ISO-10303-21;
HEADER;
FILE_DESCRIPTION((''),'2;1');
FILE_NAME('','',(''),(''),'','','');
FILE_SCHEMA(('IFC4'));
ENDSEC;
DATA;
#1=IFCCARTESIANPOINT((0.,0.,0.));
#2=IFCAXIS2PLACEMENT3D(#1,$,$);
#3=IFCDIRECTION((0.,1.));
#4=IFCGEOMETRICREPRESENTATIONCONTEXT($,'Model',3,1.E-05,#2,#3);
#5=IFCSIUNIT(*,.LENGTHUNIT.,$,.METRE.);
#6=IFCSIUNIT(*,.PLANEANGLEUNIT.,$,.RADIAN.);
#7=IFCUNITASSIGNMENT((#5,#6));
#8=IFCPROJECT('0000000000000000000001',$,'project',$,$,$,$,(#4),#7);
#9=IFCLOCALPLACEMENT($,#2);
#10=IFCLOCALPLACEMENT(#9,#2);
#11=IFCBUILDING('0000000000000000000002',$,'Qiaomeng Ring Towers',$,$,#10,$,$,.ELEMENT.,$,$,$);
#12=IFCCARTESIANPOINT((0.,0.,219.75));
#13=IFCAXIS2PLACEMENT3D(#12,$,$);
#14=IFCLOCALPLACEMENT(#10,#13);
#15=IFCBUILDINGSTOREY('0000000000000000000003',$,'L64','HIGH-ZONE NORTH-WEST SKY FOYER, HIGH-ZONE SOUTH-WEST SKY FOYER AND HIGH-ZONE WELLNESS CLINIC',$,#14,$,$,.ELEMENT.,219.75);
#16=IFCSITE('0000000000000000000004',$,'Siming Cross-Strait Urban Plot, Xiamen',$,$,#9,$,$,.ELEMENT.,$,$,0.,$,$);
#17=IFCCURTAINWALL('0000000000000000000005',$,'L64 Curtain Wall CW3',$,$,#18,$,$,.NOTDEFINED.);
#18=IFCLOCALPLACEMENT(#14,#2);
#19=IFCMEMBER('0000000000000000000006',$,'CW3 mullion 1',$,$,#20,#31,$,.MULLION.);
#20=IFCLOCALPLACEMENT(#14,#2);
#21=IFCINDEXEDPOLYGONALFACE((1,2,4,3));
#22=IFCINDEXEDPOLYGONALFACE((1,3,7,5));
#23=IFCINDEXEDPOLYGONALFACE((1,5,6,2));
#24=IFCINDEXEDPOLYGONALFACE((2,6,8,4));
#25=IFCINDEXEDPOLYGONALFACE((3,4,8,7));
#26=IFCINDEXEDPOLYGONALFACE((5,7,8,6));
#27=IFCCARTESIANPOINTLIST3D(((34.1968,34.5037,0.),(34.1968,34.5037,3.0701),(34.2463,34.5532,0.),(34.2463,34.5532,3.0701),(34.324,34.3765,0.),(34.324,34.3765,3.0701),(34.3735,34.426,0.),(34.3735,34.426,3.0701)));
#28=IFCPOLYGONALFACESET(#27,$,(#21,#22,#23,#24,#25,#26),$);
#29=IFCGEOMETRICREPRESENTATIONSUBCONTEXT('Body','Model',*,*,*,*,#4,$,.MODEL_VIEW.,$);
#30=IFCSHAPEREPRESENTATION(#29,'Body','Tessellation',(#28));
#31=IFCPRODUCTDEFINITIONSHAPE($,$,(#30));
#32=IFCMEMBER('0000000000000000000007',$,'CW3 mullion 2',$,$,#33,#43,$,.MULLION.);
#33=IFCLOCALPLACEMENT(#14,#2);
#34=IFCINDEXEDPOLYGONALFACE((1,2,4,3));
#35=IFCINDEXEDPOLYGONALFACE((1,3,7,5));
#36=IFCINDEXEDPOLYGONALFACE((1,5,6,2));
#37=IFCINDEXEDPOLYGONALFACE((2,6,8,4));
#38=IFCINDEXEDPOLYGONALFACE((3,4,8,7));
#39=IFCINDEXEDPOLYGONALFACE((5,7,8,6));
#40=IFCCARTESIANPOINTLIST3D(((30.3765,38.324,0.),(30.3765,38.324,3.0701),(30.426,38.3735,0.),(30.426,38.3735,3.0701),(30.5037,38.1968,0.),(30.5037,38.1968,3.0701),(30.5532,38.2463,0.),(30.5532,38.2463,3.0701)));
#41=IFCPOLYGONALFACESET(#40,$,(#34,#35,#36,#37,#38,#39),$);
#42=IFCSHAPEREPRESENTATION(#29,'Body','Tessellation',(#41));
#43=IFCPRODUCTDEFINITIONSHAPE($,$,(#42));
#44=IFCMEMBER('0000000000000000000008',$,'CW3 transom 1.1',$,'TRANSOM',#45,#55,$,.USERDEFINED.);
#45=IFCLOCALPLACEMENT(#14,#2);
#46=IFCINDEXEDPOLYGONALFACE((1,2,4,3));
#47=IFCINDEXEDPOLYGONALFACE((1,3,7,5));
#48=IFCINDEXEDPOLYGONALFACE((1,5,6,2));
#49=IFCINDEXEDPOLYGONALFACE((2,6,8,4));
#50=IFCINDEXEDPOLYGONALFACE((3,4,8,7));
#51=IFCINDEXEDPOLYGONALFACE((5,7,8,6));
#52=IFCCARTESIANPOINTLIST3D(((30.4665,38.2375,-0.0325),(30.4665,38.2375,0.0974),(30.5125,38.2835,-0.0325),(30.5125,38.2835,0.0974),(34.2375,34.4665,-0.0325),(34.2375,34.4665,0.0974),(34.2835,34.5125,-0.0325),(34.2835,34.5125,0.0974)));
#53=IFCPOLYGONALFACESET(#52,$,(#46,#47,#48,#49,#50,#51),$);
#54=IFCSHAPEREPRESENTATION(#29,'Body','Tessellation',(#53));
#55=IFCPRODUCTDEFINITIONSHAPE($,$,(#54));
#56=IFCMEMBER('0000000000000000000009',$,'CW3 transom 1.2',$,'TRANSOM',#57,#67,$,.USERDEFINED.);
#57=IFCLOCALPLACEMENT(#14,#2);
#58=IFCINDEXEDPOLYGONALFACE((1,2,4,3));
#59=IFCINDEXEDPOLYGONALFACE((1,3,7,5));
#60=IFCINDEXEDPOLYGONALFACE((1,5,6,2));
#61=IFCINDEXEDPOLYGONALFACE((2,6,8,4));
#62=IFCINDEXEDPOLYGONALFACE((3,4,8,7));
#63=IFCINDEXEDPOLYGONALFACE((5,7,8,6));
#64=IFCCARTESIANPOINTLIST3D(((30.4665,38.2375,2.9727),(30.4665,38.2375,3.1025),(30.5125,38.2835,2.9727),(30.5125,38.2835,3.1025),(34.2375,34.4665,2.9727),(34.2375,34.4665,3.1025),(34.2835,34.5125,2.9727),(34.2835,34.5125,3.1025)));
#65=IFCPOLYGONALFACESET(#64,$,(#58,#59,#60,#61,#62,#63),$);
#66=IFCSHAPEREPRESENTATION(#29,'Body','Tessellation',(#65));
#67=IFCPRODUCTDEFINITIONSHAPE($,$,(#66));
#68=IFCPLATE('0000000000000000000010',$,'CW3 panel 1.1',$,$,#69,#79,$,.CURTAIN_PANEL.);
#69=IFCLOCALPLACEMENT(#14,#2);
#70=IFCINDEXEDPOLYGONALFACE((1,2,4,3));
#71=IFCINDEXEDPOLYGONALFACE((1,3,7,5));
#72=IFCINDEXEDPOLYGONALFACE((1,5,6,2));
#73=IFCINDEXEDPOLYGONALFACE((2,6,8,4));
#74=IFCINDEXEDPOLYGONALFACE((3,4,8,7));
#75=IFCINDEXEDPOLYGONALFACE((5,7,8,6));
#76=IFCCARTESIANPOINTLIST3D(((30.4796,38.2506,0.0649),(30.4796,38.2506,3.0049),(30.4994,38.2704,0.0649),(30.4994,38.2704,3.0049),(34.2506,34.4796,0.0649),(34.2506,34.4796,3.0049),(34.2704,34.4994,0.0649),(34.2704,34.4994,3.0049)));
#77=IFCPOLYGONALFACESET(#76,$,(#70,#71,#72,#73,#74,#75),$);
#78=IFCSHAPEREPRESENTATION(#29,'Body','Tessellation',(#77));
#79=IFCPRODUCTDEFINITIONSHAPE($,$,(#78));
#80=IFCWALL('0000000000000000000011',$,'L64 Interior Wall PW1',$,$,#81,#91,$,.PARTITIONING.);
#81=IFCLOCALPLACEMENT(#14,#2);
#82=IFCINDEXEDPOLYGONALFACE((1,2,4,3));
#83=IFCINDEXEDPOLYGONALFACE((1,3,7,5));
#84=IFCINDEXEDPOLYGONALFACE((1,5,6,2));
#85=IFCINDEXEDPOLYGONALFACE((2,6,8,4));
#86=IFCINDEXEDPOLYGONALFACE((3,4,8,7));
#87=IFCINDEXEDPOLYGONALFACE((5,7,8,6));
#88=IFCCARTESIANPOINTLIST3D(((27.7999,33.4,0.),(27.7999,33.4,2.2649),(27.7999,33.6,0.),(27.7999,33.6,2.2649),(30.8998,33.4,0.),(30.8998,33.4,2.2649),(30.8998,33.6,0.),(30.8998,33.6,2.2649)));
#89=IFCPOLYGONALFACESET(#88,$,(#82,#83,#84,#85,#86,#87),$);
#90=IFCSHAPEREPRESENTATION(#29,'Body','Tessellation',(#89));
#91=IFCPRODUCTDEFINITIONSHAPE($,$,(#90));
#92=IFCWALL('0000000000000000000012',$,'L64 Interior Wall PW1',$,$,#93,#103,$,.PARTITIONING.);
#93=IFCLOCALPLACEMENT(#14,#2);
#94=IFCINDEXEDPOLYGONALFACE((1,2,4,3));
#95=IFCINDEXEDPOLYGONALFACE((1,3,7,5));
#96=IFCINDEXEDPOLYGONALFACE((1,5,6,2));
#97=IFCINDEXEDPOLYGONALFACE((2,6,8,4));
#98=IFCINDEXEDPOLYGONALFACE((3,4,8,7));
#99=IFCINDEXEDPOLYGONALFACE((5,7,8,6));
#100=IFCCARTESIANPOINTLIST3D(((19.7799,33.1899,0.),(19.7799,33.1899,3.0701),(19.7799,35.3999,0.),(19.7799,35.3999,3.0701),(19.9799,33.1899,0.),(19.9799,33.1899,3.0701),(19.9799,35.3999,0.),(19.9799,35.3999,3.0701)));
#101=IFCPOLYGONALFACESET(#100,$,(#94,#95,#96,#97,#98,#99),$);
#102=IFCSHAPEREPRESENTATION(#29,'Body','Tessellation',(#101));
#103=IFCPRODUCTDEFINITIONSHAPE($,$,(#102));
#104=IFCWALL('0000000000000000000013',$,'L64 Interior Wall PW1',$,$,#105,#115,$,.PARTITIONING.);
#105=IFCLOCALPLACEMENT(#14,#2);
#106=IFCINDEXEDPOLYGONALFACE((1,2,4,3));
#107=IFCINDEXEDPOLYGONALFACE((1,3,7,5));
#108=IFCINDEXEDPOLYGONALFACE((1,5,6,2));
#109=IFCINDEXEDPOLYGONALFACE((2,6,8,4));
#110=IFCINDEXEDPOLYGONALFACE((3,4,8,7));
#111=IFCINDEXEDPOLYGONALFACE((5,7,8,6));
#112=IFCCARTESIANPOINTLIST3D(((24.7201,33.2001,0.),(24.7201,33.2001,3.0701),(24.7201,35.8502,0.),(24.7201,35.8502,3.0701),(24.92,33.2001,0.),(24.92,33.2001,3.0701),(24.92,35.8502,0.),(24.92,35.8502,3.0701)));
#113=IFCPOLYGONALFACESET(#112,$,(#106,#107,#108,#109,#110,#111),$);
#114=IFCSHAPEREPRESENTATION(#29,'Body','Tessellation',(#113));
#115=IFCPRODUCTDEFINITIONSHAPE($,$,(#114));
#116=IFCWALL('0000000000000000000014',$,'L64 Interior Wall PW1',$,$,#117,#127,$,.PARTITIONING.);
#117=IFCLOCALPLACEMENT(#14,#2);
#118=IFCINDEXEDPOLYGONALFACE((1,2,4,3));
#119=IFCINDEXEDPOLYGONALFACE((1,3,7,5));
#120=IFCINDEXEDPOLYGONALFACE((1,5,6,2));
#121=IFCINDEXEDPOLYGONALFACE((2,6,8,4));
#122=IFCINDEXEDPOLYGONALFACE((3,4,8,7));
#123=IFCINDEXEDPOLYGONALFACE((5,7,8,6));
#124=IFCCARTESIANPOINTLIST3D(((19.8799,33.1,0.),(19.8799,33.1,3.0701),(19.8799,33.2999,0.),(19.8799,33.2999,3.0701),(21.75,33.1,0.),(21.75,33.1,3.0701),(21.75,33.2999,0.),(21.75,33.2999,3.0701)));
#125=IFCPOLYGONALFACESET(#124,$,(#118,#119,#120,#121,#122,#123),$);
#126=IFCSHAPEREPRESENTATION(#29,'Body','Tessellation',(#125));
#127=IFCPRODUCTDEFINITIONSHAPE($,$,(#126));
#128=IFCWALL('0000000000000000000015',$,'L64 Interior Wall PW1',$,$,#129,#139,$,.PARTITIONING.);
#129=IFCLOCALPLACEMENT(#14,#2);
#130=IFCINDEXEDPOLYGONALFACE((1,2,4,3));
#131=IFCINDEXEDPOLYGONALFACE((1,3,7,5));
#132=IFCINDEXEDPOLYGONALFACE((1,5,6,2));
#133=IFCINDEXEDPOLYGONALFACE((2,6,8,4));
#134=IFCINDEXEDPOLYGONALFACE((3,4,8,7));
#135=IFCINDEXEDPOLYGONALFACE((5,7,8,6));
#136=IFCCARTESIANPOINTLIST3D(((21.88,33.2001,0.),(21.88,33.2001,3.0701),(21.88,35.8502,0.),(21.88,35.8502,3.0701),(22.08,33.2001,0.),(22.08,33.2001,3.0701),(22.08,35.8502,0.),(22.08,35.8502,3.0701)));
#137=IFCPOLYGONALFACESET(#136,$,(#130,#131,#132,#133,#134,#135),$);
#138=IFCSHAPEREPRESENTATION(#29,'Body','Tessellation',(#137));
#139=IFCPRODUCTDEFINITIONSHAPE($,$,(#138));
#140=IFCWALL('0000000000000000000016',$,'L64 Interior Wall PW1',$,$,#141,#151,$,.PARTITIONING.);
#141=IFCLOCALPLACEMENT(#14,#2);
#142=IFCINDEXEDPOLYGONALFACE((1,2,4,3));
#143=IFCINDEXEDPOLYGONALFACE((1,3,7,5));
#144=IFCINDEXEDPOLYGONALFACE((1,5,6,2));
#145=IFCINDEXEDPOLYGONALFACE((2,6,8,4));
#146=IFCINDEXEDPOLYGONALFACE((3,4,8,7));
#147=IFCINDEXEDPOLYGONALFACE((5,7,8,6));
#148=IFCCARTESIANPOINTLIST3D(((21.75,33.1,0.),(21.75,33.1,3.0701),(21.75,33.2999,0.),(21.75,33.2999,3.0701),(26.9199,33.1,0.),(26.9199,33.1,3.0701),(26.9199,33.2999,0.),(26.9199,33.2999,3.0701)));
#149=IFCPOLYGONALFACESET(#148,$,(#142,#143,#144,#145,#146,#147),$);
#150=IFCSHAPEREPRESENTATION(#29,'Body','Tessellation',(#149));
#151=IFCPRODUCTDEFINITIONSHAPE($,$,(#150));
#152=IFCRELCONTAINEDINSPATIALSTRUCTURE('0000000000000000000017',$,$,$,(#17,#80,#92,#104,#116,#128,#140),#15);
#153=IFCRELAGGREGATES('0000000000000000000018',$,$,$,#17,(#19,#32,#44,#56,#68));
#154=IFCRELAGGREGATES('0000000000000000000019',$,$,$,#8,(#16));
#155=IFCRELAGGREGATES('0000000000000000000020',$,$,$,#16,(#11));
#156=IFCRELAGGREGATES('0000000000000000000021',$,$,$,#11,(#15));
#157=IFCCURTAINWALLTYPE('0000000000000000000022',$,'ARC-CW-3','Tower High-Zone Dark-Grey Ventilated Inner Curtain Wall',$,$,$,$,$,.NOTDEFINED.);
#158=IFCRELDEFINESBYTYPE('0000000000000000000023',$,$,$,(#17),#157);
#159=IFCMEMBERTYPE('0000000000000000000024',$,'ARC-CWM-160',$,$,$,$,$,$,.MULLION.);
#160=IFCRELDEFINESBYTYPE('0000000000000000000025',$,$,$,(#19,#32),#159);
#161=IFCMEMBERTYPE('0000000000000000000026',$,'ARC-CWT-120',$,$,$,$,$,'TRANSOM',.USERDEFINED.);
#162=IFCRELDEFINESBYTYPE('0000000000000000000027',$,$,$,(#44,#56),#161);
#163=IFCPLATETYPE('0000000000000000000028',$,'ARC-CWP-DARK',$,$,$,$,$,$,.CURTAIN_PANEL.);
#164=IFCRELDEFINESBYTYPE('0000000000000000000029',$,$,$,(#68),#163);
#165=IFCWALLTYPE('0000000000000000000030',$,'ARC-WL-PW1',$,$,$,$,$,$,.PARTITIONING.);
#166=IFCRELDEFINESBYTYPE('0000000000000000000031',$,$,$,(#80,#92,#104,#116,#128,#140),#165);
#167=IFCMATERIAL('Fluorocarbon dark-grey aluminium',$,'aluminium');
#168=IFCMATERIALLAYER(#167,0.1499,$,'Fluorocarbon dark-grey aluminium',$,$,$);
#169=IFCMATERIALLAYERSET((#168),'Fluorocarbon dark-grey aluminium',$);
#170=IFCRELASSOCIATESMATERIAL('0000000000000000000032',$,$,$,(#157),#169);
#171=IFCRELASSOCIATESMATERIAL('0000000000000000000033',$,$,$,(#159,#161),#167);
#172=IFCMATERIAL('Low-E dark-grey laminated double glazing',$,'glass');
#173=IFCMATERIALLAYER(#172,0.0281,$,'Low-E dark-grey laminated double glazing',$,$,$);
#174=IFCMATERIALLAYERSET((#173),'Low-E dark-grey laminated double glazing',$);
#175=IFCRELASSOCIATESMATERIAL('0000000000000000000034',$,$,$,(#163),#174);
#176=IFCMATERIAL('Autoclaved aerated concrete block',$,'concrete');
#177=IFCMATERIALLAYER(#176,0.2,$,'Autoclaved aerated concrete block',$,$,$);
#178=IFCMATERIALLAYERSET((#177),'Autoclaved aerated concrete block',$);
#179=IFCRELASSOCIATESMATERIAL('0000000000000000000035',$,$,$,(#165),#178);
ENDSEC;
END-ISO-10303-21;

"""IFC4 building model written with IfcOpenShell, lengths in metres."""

from ifc_helpers import new_model, si_unit, direction, frame, frame_2d, origin, origin_2d, place, context, subcontext, project, spatial, rectangle, extrude, source, transform, mapped, material, layer, layer_set, material_profile, profile_set, type_object, element, aggregate, save


model = new_model("IFC4")

# Units and contexts
model_context = context("Model", 3, precision=1e-05, world=origin(), true_north=direction((0.0, 1.0)))
body_context = subcontext(model_context, "Body", "Model", "MODEL_VIEW")
ifc_project = project(units=[si_unit("LENGTHUNIT", "METRE"), si_unit("PLANEANGLEUNIT", "RADIAN")], contexts=[model_context])

# Site, building, storey
site_placement = place(None, origin())
site = spatial("IfcSite", under=ifc_project, at=site_placement, Name="Siming Cross-Strait Urban Plot, Xiamen", CompositionType="ELEMENT", RefElevation=0.0)
building_placement = place(site_placement, origin())
building = spatial("IfcBuilding", under=site, at=building_placement, Name="Qiaomeng Ring Towers", CompositionType="ELEMENT")
storey_placement = place(building_placement, frame((0.0, 0.0, 219.75)))
storey = spatial("IfcBuildingStorey", under=building, at=storey_placement, Name="L64", Description="HIGH-ZONE NORTH-WEST SKY FOYER, HIGH-ZONE SOUTH-WEST SKY FOYER AND HIGH-ZONE WELLNESS CLINIC", CompositionType="ELEMENT", Elevation=219.75)

# Curtain wall, members, plate
ifc_material_1 = material(Name="Fluorocarbon dark-grey aluminium", Category="aluminium")
ifc_layer_1 = layer(ifc_material_1, 0.1499, Name="Fluorocarbon dark-grey aluminium")
ifc_layer_set_1 = layer_set([ifc_layer_1], Name="Fluorocarbon dark-grey aluminium")
curtain_wall_type = type_object("IfcCurtainWallType", Name="ARC-CW-3", Description="Tower High-Zone Dark-Grey Ventilated Inner Curtain Wall", PredefinedType="NOTDEFINED", material=ifc_layer_set_1)
curtain_wall_placement = place(storey_placement, origin())
curtain_wall = element("IfcCurtainWall", 1, at=curtain_wall_placement, inside=storey, type_object=curtain_wall_type, Name="L64 Curtain Wall CW3", PredefinedType="NOTDEFINED")
ifc_material_profile_1 = material_profile(ifc_material_1, rectangle(XDim=0.0701, YDim=0.1799, at=origin_2d()), Name="ALU MULL 70x180")
ifc_profile_set_1 = profile_set([ifc_material_profile_1], Name="Fluorocarbon dark-grey aluminium")
member_type_1 = type_object("IfcMemberType", Name="ARC-CWM-160", PredefinedType="MULLION", material=ifc_profile_set_1)
shared_shape_1 = source(origin(), body_context, "Body", "SweptSolid", [
    extrude(rectangle(XDim=0.0701, YDim=0.1799, at=origin_2d()), origin(), (0.0, 0.0, 1.0), 3.0701),
])
member_1_placement = place(storey_placement, frame((34.2852, 34.4648, 0.0), z_axis=(0.0, 0.0, 1.0), x_axis=(-0.707107, -0.707107, 0.0)))
member_1 = element("IfcMember", 2, at=member_1_placement, type_object=member_type_1, Name="CW3 mullion 1", PredefinedType="MULLION", context=body_context, shape_type="MappedRepresentation", body=[
    mapped(shared_shape_1, transform((0.0, 0.0, 0.0), x_axis=(1.0, 0.0, 0.0), y_axis=(0.0, 1.0, 0.0), z_axis=(0.0, 0.0, 1.0), scale=1.0)),
])
member_2_placement = place(storey_placement, frame((30.4648, 38.2852, 0.0), z_axis=(0.0, 0.0, 1.0), x_axis=(-0.707107, -0.707107, 0.0)))
member_2 = element("IfcMember", 3, at=member_2_placement, type_object=member_type_1, Name="CW3 mullion 2", PredefinedType="MULLION", context=body_context, shape_type="MappedRepresentation", body=[
    mapped(shared_shape_1, transform((0.0, 0.0, 0.0), x_axis=(1.0, 0.0, 0.0), y_axis=(0.0, 1.0, 0.0), z_axis=(0.0, 0.0, 1.0), scale=1.0)),
])
ifc_material_profile_2 = material_profile(ifc_material_1, rectangle(XDim=0.0649, YDim=0.1299, at=origin_2d()), Name="ALU TRAN 65x130")
ifc_profile_set_2 = profile_set([ifc_material_profile_2], Name="Fluorocarbon dark-grey aluminium")
member_type_2 = type_object("IfcMemberType", Name="ARC-CWT-120", ElementType="TRANSOM", PredefinedType="USERDEFINED", material=ifc_profile_set_2)
shared_shape_2 = source(origin(), body_context, "Body", "SweptSolid", [
    extrude(rectangle(XDim=0.0649, YDim=0.1299, at=origin_2d()), origin(), (0.0, 0.0, 1.0), 5.333),
])
member_3_placement = place(storey_placement, frame((34.2605, 34.4895, 0.0325), z_axis=(-0.707107, 0.707107, 0.0), x_axis=(-0.707107, -0.707107, 0.0)))
member_3 = element("IfcMember", 4, at=member_3_placement, type_object=member_type_2, Name="CW3 transom 1.1", ObjectType="TRANSOM", PredefinedType="USERDEFINED", context=body_context, shape_type="MappedRepresentation", body=[
    mapped(shared_shape_2, transform((0.0, 0.0, 0.0), x_axis=(1.0, 0.0, 0.0), y_axis=(0.0, 1.0, 0.0), z_axis=(0.0, 0.0, 1.0), scale=1.0)),
])
member_4_placement = place(storey_placement, frame((34.2605, 34.4895, 3.0376), z_axis=(-0.707107, 0.707107, 0.0), x_axis=(-0.707107, -0.707107, 0.0)))
member_4 = element("IfcMember", 5, at=member_4_placement, type_object=member_type_2, Name="CW3 transom 1.2", ObjectType="TRANSOM", PredefinedType="USERDEFINED", context=body_context, shape_type="MappedRepresentation", body=[
    mapped(shared_shape_2, transform((0.0, 0.0, 0.0), x_axis=(1.0, 0.0, 0.0), y_axis=(0.0, 1.0, 0.0), z_axis=(0.0, 0.0, 1.0), scale=1.0)),
])
ifc_material_2 = material(Name="Low-E dark-grey laminated double glazing", Category="glass")
ifc_layer_2 = layer(ifc_material_2, 0.0281, Name="Low-E dark-grey laminated double glazing")
ifc_layer_set_2 = layer_set([ifc_layer_2], Name="Low-E dark-grey laminated double glazing")
plate_type = type_object("IfcPlateType", Name="ARC-CWP-DARK", PredefinedType="CURTAIN_PANEL", material=ifc_layer_set_2)
shared_shape_3 = source(origin(), body_context, "Body", "SweptSolid", [
    extrude(rectangle(XDim=5.333, YDim=0.0281, at=origin_2d()), origin(), (0.0, 0.0, 1.0), 2.9399),
])
plate_placement = place(storey_placement, frame((32.375, 36.375, 0.0649), z_axis=(0.0, 0.0, 1.0), x_axis=(-0.707107, 0.707107, 0.0)))
plate = element("IfcPlate", 6, at=plate_placement, type_object=plate_type, Name="CW3 panel 1.1", PredefinedType="CURTAIN_PANEL", context=body_context, shape_type="MappedRepresentation", body=[
    mapped(shared_shape_3, transform((0.0, 0.0, 0.0), x_axis=(1.0, 0.0, 0.0), y_axis=(0.0, 1.0, 0.0), z_axis=(0.0, 0.0, 1.0), scale=1.0)),
])
aggregate(curtain_wall, [member_1, member_2, member_3, member_4, plate])

# Walls
ifc_material_3 = material(Name="Autoclaved aerated concrete block", Category="concrete")
ifc_layer_3 = layer(ifc_material_3, 0.2, Name="Autoclaved aerated concrete block")
ifc_layer_set_3 = layer_set([ifc_layer_3], Name="Autoclaved aerated concrete block")
wall_type_1 = type_object("IfcWallType", Name="ARC-WL-PW1", PredefinedType="PARTITIONING", material=ifc_layer_set_3)
wall_1_placement = place(storey_placement, frame((27.8, 33.5, 0.0), z_axis=(0.0, 0.0, 1.0), x_axis=(1.0, 0.0, 0.0)))
element("IfcWall", 7, at=wall_1_placement, inside=storey, type_object=wall_type_1, Name="L64 Interior Wall PW1", PredefinedType="PARTITIONING", context=body_context, shape_type="SweptSolid", body=[
    extrude(rectangle(XDim=3.0999, YDim=0.2, at=frame_2d((1.5498, 0.0))), origin(), (0.0, 0.0, 1.0), 2.2649),
])
wall_2_placement = place(storey_placement, frame((19.8799, 33.1899, 0.0), z_axis=(0.0, 0.0, 1.0), x_axis=(0.0, 1.0, 0.0)))
element("IfcWall", 8, at=wall_2_placement, inside=storey, type_object=wall_type_1, Name="L64 Interior Wall PW1", PredefinedType="PARTITIONING", context=body_context, shape_type="SweptSolid", body=[
    extrude(rectangle(XDim=2.21, YDim=0.2, at=frame_2d((1.105, 0.0))), origin(), (0.0, 0.0, 1.0), 3.0701),
])
wall_3_placement = place(storey_placement, frame((24.8201, 33.2, 0.0), z_axis=(0.0, 0.0, 1.0), x_axis=(0.0, 1.0, 0.0)))
element("IfcWall", 9, at=wall_3_placement, inside=storey, type_object=wall_type_1, Name="L64 Interior Wall PW1", PredefinedType="PARTITIONING", context=body_context, shape_type="SweptSolid", body=[
    extrude(rectangle(XDim=2.6501, YDim=0.2, at=frame_2d((1.3252, 0.0))), origin(), (0.0, 0.0, 1.0), 3.0701),
])
wall_4_placement = place(storey_placement, frame((19.8799, 33.2, 0.0), z_axis=(0.0, 0.0, 1.0), x_axis=(1.0, 0.0, 0.0)))
element("IfcWall", 10, at=wall_4_placement, inside=storey, type_object=wall_type_1, Name="L64 Interior Wall PW1", PredefinedType="PARTITIONING", context=body_context, shape_type="SweptSolid", body=[
    extrude(rectangle(XDim=1.8701, YDim=0.2, at=frame_2d((0.9351, 0.0))), origin(), (0.0, 0.0, 1.0), 3.0701),
])
wall_5_placement = place(storey_placement, frame((21.98, 33.2, 0.0), z_axis=(0.0, 0.0, 1.0), x_axis=(0.0, 1.0, 0.0)))
element("IfcWall", 11, at=wall_5_placement, inside=storey, type_object=wall_type_1, Name="L64 Interior Wall PW1", PredefinedType="PARTITIONING", context=body_context, shape_type="SweptSolid", body=[
    extrude(rectangle(XDim=2.6501, YDim=0.2, at=frame_2d((1.3252, 0.0))), origin(), (0.0, 0.0, 1.0), 3.0701),
])
wall_6_placement = place(storey_placement, frame((21.75, 33.2, 0.0), z_axis=(0.0, 0.0, 1.0), x_axis=(1.0, 0.0, 0.0)))
element("IfcWall", 12, at=wall_6_placement, inside=storey, type_object=wall_type_1, Name="L64 Interior Wall PW1", PredefinedType="PARTITIONING", context=body_context, shape_type="SweptSolid", body=[
    extrude(rectangle(XDim=5.1699, YDim=0.2, at=frame_2d((2.585, 0.0))), origin(), (0.0, 0.0, 1.0), 3.0701),
])

save(model, "model.ifc")
